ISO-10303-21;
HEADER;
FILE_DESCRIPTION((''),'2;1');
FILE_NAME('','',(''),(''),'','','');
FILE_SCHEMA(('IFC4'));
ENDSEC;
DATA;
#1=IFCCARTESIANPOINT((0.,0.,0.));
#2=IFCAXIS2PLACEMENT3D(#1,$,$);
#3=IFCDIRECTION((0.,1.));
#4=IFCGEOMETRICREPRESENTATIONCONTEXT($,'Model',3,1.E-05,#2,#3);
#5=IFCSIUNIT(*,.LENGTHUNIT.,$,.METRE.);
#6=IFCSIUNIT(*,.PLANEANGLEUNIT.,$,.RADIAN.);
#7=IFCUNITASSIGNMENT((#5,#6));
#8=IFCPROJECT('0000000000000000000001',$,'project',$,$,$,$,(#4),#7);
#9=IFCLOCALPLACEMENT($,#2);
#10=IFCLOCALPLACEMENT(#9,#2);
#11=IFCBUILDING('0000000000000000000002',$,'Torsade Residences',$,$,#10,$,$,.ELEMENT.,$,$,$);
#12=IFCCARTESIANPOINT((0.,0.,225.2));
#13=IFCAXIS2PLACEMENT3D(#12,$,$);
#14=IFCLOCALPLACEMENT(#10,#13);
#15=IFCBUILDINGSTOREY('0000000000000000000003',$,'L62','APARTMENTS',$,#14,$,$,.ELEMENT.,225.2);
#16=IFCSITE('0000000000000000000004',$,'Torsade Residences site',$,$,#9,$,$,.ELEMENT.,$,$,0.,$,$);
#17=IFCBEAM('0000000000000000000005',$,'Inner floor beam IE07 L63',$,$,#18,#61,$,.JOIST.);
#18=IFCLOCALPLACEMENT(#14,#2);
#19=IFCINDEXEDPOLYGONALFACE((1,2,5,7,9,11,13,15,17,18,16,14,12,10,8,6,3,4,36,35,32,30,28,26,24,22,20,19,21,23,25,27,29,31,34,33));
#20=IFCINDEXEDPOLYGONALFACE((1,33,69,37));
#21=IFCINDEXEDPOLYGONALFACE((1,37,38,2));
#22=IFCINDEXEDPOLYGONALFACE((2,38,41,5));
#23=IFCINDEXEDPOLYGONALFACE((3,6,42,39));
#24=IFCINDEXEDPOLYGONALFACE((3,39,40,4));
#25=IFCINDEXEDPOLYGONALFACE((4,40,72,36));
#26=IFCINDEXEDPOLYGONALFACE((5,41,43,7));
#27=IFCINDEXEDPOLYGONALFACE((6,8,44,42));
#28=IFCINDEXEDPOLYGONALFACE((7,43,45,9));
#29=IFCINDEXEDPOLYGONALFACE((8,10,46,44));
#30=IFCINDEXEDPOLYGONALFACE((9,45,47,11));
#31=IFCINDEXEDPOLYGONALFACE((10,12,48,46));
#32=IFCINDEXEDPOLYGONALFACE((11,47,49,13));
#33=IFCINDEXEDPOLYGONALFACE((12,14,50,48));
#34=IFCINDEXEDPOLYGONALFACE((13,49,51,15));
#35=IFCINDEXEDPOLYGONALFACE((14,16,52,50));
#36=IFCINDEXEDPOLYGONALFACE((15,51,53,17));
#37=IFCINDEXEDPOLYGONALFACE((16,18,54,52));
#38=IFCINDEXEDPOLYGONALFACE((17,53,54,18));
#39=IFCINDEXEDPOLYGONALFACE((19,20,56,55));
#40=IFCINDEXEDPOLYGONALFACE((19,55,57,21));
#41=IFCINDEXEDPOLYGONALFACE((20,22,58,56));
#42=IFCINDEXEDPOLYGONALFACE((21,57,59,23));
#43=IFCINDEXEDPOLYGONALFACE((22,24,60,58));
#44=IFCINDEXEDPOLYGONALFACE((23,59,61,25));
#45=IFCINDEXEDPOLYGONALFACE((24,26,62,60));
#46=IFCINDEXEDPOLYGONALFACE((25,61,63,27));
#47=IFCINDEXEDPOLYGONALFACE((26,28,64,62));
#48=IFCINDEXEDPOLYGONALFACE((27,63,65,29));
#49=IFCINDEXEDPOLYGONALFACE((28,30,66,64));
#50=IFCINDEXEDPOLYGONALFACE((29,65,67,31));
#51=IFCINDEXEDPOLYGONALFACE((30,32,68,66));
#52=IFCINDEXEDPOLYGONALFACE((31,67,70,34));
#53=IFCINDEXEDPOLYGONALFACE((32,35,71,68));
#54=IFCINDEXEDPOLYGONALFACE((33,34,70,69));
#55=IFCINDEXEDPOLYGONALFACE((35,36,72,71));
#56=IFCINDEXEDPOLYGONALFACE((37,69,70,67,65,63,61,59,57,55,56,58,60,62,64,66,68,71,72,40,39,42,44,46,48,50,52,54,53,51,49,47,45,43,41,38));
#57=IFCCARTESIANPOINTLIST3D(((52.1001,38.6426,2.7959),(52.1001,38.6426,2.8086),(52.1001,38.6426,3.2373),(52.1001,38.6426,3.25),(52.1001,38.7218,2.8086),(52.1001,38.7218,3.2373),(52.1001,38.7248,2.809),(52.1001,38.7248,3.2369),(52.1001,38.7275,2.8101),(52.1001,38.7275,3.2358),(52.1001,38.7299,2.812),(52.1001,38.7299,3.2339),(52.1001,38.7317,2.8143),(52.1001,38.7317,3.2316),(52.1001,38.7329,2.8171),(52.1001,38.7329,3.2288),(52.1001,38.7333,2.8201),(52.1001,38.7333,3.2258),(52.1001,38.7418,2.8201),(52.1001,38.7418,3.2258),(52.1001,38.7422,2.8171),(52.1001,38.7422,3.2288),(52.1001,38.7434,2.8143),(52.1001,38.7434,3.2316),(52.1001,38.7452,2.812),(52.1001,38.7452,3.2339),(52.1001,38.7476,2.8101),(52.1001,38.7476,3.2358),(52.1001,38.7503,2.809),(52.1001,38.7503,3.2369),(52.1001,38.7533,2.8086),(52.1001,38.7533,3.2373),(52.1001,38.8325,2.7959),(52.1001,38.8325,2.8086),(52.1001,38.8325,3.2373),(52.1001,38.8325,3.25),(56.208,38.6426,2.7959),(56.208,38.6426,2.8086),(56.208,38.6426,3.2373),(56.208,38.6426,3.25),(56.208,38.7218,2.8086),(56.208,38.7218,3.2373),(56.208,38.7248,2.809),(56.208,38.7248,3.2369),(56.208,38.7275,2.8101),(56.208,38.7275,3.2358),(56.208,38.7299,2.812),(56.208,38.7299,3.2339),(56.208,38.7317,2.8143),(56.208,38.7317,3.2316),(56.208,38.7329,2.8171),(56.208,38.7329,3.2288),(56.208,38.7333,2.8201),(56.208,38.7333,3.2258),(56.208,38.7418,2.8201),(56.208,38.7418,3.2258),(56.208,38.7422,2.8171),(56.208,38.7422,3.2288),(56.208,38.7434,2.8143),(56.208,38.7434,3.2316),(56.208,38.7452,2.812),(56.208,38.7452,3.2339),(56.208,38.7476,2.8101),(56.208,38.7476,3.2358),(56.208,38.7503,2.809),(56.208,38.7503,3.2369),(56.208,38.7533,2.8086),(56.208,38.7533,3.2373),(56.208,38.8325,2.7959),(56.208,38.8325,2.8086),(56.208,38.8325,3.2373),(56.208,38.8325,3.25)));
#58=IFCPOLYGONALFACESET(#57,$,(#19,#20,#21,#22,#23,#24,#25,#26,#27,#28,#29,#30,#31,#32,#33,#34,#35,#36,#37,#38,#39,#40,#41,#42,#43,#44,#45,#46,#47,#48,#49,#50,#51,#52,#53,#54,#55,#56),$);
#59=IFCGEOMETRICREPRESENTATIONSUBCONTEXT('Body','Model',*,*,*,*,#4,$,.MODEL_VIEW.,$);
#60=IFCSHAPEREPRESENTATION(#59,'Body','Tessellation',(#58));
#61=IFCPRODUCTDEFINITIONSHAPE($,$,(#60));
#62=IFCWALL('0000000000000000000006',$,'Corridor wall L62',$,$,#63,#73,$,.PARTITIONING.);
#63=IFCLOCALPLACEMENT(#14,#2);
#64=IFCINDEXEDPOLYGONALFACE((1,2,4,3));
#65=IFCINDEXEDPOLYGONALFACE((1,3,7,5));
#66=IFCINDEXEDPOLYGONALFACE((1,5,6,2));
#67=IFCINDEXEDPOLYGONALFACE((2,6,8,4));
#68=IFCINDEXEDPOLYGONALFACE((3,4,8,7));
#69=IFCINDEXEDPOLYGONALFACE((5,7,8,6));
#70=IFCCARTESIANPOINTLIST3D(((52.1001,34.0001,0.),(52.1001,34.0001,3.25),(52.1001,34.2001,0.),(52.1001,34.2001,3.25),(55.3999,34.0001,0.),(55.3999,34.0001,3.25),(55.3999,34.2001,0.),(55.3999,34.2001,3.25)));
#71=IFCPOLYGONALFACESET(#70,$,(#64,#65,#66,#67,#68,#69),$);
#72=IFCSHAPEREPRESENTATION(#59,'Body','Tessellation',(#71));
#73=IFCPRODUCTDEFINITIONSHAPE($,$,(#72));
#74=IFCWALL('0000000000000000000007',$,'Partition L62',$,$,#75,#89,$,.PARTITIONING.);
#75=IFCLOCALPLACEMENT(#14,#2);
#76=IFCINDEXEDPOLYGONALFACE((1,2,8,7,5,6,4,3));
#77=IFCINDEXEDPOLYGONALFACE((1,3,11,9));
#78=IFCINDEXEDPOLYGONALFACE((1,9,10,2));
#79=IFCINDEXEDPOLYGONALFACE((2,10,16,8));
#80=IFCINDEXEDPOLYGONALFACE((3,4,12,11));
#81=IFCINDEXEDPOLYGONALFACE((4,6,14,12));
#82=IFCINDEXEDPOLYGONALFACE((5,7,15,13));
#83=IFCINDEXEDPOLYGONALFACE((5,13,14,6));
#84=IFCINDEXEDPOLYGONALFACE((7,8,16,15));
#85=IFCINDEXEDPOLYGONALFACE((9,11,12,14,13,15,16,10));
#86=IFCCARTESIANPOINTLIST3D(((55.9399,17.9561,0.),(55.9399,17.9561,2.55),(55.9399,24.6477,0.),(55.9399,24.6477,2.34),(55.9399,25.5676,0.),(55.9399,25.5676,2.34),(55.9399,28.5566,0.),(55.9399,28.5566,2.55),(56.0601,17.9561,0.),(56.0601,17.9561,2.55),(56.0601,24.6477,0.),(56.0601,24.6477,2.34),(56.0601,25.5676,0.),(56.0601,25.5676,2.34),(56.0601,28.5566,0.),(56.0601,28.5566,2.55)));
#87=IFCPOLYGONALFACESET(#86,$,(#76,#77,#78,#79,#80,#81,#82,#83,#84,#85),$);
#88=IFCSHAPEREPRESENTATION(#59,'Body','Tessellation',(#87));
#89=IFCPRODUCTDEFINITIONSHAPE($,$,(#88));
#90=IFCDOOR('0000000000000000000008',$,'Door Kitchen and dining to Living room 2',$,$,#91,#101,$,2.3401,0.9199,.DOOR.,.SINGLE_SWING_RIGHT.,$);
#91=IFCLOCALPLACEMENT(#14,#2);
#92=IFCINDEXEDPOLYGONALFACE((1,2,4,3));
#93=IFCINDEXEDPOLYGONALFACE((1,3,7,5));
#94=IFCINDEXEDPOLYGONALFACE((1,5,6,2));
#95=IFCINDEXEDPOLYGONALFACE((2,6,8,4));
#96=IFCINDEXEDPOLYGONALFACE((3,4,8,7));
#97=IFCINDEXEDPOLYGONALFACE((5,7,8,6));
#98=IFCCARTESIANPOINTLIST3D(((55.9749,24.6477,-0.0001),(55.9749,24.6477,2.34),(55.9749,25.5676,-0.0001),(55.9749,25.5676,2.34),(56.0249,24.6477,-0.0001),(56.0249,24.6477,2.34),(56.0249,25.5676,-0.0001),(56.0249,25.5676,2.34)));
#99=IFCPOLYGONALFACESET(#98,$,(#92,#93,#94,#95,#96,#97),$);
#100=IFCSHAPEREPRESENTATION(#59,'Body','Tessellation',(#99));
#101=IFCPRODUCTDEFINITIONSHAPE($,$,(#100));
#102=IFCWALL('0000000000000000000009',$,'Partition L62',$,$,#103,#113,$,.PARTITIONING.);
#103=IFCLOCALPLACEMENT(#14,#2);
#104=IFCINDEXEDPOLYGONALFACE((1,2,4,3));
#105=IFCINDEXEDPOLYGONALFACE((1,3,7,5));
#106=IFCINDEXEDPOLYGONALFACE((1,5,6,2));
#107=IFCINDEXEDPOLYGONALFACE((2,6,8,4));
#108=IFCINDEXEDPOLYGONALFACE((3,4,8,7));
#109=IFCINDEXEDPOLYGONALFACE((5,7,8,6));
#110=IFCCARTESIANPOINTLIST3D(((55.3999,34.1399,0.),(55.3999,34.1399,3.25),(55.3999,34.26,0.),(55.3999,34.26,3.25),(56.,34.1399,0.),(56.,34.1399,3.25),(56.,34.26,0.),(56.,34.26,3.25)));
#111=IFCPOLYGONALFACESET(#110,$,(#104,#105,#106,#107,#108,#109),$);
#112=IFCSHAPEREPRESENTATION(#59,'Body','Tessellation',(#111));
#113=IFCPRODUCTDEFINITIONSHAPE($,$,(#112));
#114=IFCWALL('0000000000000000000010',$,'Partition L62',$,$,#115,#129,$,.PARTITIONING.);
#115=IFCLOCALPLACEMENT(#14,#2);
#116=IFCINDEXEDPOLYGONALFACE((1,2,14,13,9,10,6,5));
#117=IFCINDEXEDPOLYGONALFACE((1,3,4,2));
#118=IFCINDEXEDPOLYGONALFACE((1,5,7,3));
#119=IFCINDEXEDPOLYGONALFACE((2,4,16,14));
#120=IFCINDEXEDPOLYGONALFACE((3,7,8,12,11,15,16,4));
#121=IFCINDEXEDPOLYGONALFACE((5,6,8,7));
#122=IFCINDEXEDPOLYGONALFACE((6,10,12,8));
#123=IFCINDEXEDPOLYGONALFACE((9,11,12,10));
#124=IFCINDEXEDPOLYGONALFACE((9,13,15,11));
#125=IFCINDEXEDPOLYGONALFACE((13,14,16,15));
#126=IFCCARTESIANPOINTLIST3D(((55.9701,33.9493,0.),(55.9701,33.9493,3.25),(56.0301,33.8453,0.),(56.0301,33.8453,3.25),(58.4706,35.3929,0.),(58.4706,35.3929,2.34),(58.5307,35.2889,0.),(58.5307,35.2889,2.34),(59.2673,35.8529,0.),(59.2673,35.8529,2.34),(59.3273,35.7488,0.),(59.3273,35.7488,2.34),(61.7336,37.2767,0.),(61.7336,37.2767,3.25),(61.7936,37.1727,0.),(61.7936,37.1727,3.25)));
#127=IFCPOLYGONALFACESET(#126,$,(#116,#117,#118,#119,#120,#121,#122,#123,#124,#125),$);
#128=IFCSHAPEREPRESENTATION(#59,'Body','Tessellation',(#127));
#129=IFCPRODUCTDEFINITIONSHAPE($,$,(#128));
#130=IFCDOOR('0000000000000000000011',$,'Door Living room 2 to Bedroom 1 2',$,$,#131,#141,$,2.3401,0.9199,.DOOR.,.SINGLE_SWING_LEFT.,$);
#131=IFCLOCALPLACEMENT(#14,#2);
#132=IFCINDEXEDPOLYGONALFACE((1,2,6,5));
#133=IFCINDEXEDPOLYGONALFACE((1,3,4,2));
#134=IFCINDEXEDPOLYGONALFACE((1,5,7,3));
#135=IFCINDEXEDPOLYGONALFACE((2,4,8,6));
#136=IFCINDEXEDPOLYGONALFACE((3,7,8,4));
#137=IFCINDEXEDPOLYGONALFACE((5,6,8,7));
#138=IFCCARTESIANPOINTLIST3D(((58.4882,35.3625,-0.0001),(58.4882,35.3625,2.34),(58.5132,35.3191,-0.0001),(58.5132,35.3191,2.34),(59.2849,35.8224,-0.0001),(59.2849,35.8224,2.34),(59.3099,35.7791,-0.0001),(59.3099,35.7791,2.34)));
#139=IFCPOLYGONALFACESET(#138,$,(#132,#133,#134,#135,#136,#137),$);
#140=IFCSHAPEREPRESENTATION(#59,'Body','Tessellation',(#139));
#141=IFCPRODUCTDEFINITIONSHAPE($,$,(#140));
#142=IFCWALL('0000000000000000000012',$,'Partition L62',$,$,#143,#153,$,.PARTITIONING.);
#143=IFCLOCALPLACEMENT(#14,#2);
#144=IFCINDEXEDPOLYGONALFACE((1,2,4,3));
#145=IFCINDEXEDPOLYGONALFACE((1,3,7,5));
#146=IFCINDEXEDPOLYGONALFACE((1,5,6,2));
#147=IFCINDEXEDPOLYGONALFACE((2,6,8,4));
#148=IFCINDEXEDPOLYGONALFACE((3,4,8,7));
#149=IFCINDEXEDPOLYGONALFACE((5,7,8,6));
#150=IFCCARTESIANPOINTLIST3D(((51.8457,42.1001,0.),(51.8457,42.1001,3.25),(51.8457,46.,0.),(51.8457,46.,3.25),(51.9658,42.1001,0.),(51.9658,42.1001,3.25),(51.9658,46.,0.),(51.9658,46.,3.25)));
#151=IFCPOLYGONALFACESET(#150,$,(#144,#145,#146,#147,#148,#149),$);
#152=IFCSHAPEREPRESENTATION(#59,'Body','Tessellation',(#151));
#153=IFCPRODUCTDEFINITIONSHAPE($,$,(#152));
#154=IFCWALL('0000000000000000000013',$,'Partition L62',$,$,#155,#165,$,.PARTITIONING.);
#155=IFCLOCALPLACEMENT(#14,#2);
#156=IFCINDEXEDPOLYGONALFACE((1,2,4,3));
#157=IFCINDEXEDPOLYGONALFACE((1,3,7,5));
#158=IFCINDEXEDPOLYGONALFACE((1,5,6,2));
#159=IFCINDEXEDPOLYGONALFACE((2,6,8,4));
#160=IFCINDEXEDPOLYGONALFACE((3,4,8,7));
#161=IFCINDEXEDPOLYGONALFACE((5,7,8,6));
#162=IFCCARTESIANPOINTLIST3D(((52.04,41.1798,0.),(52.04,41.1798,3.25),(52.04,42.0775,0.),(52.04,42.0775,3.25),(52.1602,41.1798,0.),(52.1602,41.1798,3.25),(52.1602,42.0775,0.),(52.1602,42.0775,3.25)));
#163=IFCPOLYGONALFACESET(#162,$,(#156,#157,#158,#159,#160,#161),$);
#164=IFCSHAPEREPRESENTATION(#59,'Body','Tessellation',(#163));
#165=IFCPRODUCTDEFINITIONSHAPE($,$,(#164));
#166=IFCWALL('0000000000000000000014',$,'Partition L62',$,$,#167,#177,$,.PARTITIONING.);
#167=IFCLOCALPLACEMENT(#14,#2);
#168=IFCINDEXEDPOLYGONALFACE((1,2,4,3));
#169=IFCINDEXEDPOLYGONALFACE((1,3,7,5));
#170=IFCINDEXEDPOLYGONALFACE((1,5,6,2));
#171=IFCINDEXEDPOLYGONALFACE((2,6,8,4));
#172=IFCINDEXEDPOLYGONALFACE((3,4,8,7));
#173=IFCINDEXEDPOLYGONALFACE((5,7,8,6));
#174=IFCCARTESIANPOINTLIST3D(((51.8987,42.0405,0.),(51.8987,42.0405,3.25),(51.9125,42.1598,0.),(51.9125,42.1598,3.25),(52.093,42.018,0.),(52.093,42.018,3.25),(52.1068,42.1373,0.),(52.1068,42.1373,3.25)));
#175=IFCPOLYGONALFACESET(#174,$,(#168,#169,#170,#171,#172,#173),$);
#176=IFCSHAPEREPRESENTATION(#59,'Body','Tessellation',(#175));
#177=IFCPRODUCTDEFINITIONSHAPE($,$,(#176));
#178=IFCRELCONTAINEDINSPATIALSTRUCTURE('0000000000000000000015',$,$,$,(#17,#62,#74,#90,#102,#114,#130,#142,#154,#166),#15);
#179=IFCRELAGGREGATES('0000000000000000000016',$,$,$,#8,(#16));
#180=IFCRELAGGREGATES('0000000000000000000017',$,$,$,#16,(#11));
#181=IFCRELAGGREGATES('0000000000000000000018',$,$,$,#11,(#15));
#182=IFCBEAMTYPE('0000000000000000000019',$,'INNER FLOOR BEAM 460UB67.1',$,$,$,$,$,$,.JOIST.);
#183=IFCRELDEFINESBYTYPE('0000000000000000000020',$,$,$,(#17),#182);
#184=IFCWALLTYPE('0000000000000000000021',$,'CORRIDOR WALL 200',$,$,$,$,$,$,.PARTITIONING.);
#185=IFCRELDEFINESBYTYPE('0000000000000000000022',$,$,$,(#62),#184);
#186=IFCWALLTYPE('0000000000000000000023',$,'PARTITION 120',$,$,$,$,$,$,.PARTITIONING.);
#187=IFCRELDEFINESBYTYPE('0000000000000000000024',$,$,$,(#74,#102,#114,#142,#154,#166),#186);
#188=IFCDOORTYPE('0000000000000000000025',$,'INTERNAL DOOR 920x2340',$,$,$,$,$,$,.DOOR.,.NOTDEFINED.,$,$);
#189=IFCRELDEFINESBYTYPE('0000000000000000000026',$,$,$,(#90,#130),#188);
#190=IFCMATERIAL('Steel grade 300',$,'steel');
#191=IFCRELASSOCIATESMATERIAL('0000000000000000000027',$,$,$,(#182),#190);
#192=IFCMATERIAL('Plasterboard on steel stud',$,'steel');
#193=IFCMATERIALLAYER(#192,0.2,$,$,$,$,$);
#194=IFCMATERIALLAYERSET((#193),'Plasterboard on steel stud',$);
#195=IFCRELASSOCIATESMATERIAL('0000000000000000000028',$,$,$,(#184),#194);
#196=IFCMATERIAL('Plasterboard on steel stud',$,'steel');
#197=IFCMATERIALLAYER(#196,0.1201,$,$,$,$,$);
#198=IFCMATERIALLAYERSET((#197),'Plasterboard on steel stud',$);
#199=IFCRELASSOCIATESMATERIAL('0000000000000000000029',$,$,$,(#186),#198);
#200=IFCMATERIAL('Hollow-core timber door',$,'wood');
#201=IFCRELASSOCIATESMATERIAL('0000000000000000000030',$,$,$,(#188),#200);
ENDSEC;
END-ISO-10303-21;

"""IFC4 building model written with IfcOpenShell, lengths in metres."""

from ifc_helpers import new_model, si_unit, direction, frame, frame_2d, origin, origin_2d, place, context, subcontext, project, spatial, rectangle, i_section, extrude, material, layer, layer_set, material_profile, profile_set, type_object, element, fill, save


model = new_model("IFC4")

# Units and contexts
model_context = context("Model", 3, precision=1e-05, world=origin(), true_north=direction((0.0, 1.0)))
body_context = subcontext(model_context, "Body", "Model", "MODEL_VIEW")
ifc_project = project(units=[si_unit("LENGTHUNIT", "METRE"), si_unit("PLANEANGLEUNIT", "RADIAN")], contexts=[model_context])

# Site, building, storey
site_placement = place(None, origin())
site = spatial("IfcSite", under=ifc_project, at=site_placement, Name="Torsade Residences site", CompositionType="ELEMENT", RefElevation=0.0)
building_placement = place(site_placement, origin())
building = spatial("IfcBuilding", under=site, at=building_placement, Name="Torsade Residences", CompositionType="ELEMENT")
storey_placement = place(building_placement, frame((0.0, 0.0, 225.2)))
storey = spatial("IfcBuildingStorey", under=building, at=storey_placement, Name="L62", Description="APARTMENTS", CompositionType="ELEMENT", Elevation=225.2)

# Beam
ifc_material_1 = material(Name="Steel grade 300", Category="steel")
ifc_material_profile_1 = material_profile(ifc_material_1, i_section(OverallWidth=0.1899, OverallDepth=0.4541, WebThickness=0.0085, FlangeThickness=0.0127, FilletRadius=0.0115, at=origin_2d()), Name="460UB67.1")
ifc_profile_set_1 = profile_set([ifc_material_profile_1], Name="Steel grade 300")
beam_type = type_object("IfcBeamType", Name="INNER FLOOR BEAM 460UB67.1", PredefinedType="JOIST", material=ifc_profile_set_1)
beam_1_placement = place(storey_placement, frame((52.1001, 38.7375, 3.0229), z_axis=(1.0, 0.0, 0.0), x_axis=(0.0, 1.0, 0.0)))
element("IfcBeam", 1, at=beam_1_placement, inside=storey, type_object=beam_type, Name="Inner floor beam IE07 L63", PredefinedType="JOIST", context=body_context, shape_type="SweptSolid", body=[
    extrude(i_section(OverallWidth=0.1899, OverallDepth=0.4541, WebThickness=0.0085, FlangeThickness=0.0127, FilletRadius=0.0115, at=origin_2d()), origin(), (0.0, 0.0, 1.0), 4.1079),
])

# Wall
ifc_material_2 = material(Name="Plasterboard on steel stud", Category="steel")
ifc_layer_1 = layer(ifc_material_2, 0.2)
ifc_layer_set_1 = layer_set([ifc_layer_1], Name="Plasterboard on steel stud")
wall_type_1 = type_object("IfcWallType", Name="CORRIDOR WALL 200", PredefinedType="PARTITIONING", material=ifc_layer_set_1)
wall_1_placement = place(storey_placement, frame((52.1001, 34.1001, 0.0), z_axis=(0.0, 0.0, 1.0), x_axis=(1.0, 0.0, 0.0)))
element("IfcWall", 2, at=wall_1_placement, inside=storey, type_object=wall_type_1, Name="Corridor wall L62", PredefinedType="PARTITIONING", context=body_context, shape_type="SweptSolid", body=[
    extrude(rectangle(XDim=3.2998, YDim=0.2, at=frame_2d((1.6499, 0.0))), origin(), (0.0, 0.0, 1.0), 3.25),
])

# Wall, opening, door
ifc_material_3 = material(Name="Plasterboard on steel stud", Category="steel")
ifc_layer_2 = layer(ifc_material_3, 0.1201)
ifc_layer_set_2 = layer_set([ifc_layer_2], Name="Plasterboard on steel stud")
wall_type_2 = type_object("IfcWallType", Name="PARTITION 120", PredefinedType="PARTITIONING", material=ifc_layer_set_2)
wall_2_placement = place(storey_placement, frame((56.0, 28.5566, 0.0), z_axis=(0.0, 0.0, 1.0), x_axis=(0.0, -1.0, 0.0)))
wall_2 = element("IfcWall", 3, at=wall_2_placement, inside=storey, type_object=wall_type_2, Name="Partition L62", PredefinedType="PARTITIONING", context=body_context, shape_type="SweptSolid", body=[
    extrude(rectangle(XDim=10.6006, YDim=0.1201, at=frame_2d((5.3003, 0.0))), origin(), (0.0, 0.0, 1.0), 2.55),
])
opening_1_placement = place(wall_2_placement, frame((2.989, 0.0, 0.0)))
opening_1 = element("IfcOpeningElement", 4, at=opening_1_placement, cuts=wall_2, PredefinedType="OPENING", context=body_context, shape_type="SweptSolid", body=[
    extrude(rectangle(XDim=0.9199, YDim=2.3401, at=frame_2d((0.46, 1.1699))), frame((0.0, 0.0701, 0.0), z_axis=(0.0, -1.0, 0.0), x_axis=(1.0, 0.0, 0.0)), (0.0, 0.0, 1.0), 0.1401),
])
ifc_material_4 = material(Name="Hollow-core timber door", Category="wood")
door_type = type_object("IfcDoorType", Name="INTERNAL DOOR 920x2340", OperationType="NOTDEFINED", PredefinedType="DOOR", material=ifc_material_4)
door_1_placement = place(opening_1_placement, origin())
door_1 = element("IfcDoor", 5, at=door_1_placement, inside=storey, type_object=door_type, Name="Door Kitchen and dining to Living room 2", OperationType="SINGLE_SWING_RIGHT", OverallHeight=2.3401, OverallWidth=0.9199, PredefinedType="DOOR", context=body_context, shape_type="SweptSolid", body=[
    extrude(rectangle(XDim=0.9199, YDim=2.3401, at=frame_2d((0.46, 1.1699))), frame((0.0, 0.0249, 0.0), z_axis=(0.0, -1.0, 0.0), x_axis=(1.0, 0.0, 0.0)), (0.0, 0.0, 1.0), 0.05),
])
fill(opening_1, door_1)

# Wall
wall_3_placement = place(storey_placement, frame((56.0, 34.2, 0.0), z_axis=(0.0, 0.0, 1.0), x_axis=(-1.0, 0.0, 0.0)))
element("IfcWall", 6, at=wall_3_placement, inside=storey, type_object=wall_type_2, Name="Partition L62", PredefinedType="PARTITIONING", context=body_context, shape_type="SweptSolid", body=[
    extrude(rectangle(XDim=0.6001, YDim=0.1201, at=frame_2d((0.3, 0.0))), origin(), (0.0, 0.0, 1.0), 3.25),
])

# Wall, opening, door
wall_4_placement = place(storey_placement, frame((56.0, 33.8972, 0.0), z_axis=(0.0, 0.0, 1.0), x_axis=(0.866033, 0.499986, 0.0)))
wall_4 = element("IfcWall", 7, at=wall_4_placement, inside=storey, type_object=wall_type_2, Name="Partition L62", PredefinedType="PARTITIONING", context=body_context, shape_type="SweptSolid", body=[
    extrude(rectangle(XDim=6.655, YDim=0.1201, at=frame_2d((3.3276, 0.0))), origin(), (0.0, 0.0, 1.0), 3.25),
])
opening_2_placement = place(wall_4_placement, frame((2.8875, 0.0, 0.0)))
opening_2 = element("IfcOpeningElement", 8, at=opening_2_placement, cuts=wall_4, PredefinedType="OPENING", context=body_context, shape_type="SweptSolid", body=[
    extrude(rectangle(XDim=0.9199, YDim=2.3401, at=frame_2d((0.46, 1.1699))), frame((0.0, 0.0701, 0.0), z_axis=(0.0, -1.0, 0.0), x_axis=(1.0, 0.0, 0.0)), (0.0, 0.0, 1.0), 0.1401),
])
door_2_placement = place(opening_2_placement, origin())
door_2 = element("IfcDoor", 9, at=door_2_placement, inside=storey, type_object=door_type, Name="Door Living room 2 to Bedroom 1 2", OperationType="SINGLE_SWING_LEFT", OverallHeight=2.3401, OverallWidth=0.9199, PredefinedType="DOOR", context=body_context, shape_type="SweptSolid", body=[
    extrude(rectangle(XDim=0.9199, YDim=2.3401, at=frame_2d((0.46, 1.1699))), frame((0.0, 0.0249, 0.0), z_axis=(0.0, -1.0, 0.0), x_axis=(1.0, 0.0, 0.0)), (0.0, 0.0, 1.0), 0.05),
])
fill(opening_2, door_2)

# Walls
wall_5_placement = place(storey_placement, frame((51.9058, 42.1001, 0.0), z_axis=(0.0, 0.0, 1.0), x_axis=(0.0, 1.0, 0.0)))
element("IfcWall", 10, at=wall_5_placement, inside=storey, type_object=wall_type_2, Name="Partition L62", PredefinedType="PARTITIONING", context=body_context, shape_type="SweptSolid", body=[
    extrude(rectangle(XDim=3.8999, YDim=0.1201, at=frame_2d((1.95, 0.0))), origin(), (0.0, 0.0, 1.0), 3.25),
])
wall_6_placement = place(storey_placement, frame((52.1001, 41.1799, 0.0), z_axis=(0.0, 0.0, 1.0), x_axis=(0.0, 1.0, 0.0)))
element("IfcWall", 11, at=wall_6_placement, inside=storey, type_object=wall_type_2, Name="Partition L62", PredefinedType="PARTITIONING", context=body_context, shape_type="SweptSolid", body=[
    extrude(rectangle(XDim=0.8977, YDim=0.1201, at=frame_2d((0.4487, 0.0))), origin(), (0.0, 0.0, 1.0), 3.25),
])
wall_7_placement = place(storey_placement, frame((51.9058, 42.1001, 0.0), z_axis=(0.0, 0.0, 1.0), x_axis=(0.993387, -0.114814, 0.0)))
element("IfcWall", 12, at=wall_7_placement, inside=storey, type_object=wall_type_2, Name="Partition L62", PredefinedType="PARTITIONING", context=body_context, shape_type="SweptSolid", body=[
    extrude(rectangle(XDim=0.1956, YDim=0.1201, at=frame_2d((0.0977, 0.0))), origin(), (0.0, 0.0, 1.0), 3.25),
])

save(model, "model.ifc")
